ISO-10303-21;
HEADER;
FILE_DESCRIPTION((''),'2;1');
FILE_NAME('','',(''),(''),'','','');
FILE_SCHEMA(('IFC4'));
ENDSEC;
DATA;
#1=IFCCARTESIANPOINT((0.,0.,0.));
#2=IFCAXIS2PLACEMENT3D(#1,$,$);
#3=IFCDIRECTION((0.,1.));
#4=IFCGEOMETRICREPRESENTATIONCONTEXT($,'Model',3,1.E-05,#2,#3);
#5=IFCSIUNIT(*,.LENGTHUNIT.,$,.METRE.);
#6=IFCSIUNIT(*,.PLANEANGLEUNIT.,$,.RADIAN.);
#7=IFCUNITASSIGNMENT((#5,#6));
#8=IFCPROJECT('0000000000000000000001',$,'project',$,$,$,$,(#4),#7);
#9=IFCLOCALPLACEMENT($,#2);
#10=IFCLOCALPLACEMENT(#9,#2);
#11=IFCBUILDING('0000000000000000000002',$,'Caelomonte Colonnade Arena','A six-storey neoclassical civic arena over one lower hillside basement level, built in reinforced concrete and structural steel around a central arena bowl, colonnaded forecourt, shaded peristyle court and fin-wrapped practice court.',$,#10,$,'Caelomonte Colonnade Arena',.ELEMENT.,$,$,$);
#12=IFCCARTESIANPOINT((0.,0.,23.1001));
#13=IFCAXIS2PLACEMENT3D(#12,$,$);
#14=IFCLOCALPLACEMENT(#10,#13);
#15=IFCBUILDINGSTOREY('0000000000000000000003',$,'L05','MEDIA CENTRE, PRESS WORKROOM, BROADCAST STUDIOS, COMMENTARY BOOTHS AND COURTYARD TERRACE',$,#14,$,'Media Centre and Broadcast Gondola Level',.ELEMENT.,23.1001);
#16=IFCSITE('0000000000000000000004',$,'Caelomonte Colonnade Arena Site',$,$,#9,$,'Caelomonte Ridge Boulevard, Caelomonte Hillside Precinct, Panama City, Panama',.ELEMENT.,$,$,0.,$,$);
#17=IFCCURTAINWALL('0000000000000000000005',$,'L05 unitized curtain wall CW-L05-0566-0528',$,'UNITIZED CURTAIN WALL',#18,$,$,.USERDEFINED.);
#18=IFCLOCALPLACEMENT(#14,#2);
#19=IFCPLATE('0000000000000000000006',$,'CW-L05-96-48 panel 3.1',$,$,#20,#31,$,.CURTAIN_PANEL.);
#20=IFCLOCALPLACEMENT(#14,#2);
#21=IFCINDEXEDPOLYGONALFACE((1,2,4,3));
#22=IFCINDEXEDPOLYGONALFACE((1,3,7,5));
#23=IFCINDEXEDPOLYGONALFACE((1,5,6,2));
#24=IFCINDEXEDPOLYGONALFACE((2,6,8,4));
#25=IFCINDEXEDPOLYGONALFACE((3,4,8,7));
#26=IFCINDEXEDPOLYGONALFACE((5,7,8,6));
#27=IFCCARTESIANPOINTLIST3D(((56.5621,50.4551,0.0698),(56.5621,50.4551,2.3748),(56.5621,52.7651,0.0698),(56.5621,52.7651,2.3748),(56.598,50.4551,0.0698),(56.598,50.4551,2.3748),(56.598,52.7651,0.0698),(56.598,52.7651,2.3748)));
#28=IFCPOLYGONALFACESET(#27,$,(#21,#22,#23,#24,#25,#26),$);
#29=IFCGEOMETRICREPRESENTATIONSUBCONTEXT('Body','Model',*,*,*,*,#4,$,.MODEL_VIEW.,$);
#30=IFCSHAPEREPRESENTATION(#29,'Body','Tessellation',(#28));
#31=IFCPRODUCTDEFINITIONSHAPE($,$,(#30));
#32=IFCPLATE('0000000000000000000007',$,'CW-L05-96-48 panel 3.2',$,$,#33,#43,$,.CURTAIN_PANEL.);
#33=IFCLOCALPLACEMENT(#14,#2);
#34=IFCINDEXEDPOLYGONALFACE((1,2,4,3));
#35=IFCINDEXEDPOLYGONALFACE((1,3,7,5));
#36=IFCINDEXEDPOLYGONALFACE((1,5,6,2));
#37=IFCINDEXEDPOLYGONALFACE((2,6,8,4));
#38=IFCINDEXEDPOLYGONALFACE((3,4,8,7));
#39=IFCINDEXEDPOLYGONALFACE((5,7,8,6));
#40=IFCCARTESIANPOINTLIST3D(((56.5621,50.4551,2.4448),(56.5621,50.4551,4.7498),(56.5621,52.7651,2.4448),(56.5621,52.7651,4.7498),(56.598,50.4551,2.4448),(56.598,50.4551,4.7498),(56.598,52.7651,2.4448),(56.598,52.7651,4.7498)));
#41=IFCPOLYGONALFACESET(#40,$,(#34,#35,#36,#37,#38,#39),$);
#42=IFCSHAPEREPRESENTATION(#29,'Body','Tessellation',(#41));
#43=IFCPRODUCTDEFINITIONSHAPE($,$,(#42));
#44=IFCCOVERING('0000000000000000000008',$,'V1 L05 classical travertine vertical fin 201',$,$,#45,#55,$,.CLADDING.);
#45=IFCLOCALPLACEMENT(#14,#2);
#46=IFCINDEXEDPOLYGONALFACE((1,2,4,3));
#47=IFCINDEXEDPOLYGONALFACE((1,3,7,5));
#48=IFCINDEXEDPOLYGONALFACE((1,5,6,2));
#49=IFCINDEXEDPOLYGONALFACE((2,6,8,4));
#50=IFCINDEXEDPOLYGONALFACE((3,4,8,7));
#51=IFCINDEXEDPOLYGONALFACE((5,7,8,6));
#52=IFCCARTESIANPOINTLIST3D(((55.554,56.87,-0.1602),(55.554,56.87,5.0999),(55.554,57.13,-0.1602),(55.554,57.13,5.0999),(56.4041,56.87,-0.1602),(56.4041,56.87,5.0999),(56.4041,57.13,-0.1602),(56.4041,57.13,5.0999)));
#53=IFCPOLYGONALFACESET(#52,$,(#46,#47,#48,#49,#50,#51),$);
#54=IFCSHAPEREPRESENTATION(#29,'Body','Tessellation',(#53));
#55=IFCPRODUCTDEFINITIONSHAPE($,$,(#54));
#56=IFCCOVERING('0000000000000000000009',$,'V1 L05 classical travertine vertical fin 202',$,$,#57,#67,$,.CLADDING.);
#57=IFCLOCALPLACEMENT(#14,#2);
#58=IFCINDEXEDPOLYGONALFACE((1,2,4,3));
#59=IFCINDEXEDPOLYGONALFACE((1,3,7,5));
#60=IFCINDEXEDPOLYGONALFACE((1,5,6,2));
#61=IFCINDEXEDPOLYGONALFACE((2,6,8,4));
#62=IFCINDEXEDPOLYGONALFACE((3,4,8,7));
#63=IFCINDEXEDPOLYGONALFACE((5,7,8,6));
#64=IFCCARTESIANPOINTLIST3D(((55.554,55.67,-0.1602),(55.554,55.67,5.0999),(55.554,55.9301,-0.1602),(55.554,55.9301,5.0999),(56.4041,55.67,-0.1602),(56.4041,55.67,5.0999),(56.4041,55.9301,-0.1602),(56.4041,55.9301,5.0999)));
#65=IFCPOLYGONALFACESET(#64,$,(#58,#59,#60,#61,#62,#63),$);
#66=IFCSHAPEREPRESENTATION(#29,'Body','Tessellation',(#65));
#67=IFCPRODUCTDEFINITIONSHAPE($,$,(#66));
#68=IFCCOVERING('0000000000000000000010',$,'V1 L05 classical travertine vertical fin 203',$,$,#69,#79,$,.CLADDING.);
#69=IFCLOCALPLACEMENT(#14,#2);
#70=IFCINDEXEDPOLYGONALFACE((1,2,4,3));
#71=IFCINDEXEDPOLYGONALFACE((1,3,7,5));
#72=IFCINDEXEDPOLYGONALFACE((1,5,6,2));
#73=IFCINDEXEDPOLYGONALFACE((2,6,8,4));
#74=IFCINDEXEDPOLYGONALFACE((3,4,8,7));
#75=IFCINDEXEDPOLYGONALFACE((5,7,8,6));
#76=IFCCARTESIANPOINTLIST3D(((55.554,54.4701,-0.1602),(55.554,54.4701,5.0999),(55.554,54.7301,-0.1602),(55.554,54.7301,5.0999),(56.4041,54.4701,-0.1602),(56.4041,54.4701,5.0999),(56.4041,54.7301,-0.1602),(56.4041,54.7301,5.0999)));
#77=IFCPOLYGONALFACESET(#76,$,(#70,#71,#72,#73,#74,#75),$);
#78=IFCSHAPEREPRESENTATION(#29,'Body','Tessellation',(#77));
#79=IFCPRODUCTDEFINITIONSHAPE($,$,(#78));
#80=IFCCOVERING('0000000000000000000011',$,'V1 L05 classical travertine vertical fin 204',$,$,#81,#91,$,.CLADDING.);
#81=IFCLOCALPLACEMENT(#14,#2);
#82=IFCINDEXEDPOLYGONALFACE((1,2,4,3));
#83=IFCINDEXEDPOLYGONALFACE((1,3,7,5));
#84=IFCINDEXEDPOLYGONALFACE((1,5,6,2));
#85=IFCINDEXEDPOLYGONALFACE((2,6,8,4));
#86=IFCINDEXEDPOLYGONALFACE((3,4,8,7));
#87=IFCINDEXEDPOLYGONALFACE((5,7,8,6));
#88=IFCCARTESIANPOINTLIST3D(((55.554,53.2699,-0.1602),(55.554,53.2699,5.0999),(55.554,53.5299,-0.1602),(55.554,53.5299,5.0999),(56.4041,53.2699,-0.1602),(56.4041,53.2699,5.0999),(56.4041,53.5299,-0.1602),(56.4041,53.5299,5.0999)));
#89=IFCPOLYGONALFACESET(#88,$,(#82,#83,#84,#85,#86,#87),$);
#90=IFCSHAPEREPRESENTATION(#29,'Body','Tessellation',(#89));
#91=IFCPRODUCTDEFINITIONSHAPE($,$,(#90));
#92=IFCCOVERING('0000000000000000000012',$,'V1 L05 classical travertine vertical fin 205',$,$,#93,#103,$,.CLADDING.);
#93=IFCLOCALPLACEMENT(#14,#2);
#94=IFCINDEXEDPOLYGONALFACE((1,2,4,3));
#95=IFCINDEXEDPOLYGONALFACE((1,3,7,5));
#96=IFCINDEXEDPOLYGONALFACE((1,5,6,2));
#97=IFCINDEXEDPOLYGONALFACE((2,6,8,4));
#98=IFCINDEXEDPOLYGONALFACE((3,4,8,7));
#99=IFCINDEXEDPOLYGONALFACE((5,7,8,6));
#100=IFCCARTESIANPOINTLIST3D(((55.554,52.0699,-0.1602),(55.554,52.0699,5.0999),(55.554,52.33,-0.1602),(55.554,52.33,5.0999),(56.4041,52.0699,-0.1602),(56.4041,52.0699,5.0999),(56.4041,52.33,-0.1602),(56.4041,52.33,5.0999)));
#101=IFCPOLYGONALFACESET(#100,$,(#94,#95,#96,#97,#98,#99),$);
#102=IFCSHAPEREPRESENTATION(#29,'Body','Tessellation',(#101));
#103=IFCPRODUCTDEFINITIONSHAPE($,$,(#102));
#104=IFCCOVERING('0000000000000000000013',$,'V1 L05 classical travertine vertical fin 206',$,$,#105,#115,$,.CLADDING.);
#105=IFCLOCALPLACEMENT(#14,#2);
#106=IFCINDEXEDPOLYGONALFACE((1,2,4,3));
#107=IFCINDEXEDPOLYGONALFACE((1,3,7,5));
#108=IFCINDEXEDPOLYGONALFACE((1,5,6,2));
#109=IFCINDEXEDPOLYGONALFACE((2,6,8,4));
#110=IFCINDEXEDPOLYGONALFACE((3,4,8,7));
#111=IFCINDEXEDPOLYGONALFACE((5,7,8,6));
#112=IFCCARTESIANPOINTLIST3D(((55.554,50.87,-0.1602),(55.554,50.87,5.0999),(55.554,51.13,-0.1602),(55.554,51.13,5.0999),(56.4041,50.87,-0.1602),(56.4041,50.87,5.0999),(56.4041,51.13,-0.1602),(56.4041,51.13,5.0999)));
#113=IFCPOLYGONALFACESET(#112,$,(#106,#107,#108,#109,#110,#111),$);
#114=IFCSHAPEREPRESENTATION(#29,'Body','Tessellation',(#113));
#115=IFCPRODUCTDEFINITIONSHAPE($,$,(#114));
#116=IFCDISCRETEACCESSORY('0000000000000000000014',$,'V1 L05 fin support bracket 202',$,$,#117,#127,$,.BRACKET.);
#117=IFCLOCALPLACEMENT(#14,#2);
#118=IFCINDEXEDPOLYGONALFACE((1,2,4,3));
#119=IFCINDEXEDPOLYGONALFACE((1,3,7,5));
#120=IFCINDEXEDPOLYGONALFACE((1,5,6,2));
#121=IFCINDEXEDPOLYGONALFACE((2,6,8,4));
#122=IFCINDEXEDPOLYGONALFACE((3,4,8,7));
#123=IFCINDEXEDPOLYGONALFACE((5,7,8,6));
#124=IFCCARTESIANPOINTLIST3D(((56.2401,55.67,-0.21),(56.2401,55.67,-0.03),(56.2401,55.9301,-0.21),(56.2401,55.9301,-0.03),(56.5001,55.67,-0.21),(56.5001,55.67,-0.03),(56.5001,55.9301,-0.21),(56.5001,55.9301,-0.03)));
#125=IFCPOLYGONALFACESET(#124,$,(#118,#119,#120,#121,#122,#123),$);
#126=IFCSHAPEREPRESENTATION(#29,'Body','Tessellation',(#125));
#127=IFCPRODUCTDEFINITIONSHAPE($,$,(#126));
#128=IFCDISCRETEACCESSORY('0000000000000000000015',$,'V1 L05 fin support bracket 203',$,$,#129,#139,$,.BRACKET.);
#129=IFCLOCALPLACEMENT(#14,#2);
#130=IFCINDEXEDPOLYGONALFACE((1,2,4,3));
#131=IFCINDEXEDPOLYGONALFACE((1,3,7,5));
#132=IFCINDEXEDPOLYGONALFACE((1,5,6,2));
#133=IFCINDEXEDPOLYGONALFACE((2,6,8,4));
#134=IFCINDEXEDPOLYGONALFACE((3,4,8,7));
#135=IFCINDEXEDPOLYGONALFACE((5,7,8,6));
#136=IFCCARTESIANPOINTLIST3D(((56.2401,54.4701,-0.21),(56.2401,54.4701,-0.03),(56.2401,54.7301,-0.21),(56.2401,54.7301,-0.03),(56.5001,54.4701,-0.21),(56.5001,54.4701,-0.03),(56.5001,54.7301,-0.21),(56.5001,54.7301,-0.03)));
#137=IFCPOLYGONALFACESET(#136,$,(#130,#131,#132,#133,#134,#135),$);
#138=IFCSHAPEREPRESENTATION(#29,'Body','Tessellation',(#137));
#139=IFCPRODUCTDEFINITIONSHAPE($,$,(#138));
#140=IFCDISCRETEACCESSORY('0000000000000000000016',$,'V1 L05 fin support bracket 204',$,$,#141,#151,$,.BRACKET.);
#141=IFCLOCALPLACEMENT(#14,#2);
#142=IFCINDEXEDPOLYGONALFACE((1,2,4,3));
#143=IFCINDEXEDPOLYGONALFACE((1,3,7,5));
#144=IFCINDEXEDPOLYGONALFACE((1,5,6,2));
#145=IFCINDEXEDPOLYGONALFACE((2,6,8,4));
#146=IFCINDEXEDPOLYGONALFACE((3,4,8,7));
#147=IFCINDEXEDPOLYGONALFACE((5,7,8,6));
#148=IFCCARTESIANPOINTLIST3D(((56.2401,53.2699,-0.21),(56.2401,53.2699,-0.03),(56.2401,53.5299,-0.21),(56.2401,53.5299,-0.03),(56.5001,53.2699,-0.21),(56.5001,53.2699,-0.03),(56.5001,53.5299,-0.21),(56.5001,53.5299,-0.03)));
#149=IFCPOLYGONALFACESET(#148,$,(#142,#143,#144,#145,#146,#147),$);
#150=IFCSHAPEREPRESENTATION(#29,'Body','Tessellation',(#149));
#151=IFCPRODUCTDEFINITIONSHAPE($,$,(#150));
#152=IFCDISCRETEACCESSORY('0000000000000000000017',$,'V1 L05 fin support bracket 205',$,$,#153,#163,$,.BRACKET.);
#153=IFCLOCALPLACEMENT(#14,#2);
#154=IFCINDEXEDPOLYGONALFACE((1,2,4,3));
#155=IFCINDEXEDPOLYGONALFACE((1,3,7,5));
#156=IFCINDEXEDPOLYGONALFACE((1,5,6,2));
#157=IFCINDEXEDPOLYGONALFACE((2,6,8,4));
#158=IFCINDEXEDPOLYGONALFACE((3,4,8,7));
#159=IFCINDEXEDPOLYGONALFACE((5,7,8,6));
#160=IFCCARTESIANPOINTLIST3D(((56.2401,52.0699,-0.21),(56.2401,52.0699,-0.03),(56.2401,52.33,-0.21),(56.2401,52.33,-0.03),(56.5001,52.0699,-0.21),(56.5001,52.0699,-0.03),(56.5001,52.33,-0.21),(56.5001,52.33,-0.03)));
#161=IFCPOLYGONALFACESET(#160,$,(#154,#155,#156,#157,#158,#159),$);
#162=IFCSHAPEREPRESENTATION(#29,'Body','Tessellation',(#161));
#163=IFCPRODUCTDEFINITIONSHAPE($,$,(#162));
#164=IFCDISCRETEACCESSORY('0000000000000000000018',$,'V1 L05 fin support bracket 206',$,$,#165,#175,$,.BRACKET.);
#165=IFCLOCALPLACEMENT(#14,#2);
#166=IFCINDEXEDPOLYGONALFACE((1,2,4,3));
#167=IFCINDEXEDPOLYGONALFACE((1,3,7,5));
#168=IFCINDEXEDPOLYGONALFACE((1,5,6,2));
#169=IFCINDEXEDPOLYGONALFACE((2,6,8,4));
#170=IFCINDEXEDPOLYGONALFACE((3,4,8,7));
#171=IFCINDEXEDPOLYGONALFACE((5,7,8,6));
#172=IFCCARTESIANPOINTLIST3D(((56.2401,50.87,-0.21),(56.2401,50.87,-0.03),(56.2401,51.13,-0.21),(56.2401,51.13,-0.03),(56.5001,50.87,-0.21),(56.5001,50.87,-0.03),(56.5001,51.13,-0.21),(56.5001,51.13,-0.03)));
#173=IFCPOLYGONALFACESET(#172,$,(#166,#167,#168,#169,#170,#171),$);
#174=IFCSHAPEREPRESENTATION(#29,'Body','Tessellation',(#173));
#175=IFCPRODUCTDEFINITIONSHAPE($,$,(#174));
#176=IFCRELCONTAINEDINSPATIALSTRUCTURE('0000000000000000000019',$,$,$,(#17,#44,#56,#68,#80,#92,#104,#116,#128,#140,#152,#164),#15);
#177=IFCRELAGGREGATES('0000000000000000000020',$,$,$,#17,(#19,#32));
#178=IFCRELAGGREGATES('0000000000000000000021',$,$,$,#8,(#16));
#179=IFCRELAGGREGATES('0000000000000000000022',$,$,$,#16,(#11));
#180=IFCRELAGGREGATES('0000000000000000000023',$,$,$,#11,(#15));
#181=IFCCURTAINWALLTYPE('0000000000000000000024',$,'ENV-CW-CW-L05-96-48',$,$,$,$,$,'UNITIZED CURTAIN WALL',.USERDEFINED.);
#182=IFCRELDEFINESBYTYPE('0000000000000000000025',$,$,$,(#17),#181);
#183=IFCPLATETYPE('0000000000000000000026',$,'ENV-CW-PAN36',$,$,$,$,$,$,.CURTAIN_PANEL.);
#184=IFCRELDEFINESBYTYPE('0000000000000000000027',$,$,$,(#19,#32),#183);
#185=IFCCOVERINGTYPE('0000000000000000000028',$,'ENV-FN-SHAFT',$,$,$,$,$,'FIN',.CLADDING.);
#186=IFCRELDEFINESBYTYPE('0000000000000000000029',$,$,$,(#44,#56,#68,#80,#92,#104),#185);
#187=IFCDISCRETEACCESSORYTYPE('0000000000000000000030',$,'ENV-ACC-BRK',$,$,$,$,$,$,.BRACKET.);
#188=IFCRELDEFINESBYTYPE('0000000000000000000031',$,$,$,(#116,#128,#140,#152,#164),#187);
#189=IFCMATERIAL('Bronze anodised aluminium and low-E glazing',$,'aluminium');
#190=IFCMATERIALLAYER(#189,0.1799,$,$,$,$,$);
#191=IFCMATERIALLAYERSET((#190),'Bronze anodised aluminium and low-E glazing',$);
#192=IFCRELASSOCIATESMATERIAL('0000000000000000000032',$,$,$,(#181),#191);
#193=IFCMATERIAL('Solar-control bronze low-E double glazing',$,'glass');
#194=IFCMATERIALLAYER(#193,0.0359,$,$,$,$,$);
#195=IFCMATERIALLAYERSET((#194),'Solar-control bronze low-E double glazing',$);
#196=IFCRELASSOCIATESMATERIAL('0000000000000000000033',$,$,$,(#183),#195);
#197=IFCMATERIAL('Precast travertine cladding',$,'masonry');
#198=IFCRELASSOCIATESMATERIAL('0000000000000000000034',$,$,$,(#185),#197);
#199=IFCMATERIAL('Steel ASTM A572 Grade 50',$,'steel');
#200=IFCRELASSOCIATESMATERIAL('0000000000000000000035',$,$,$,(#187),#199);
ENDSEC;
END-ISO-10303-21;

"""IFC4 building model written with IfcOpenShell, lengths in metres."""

from ifc_helpers import new_model, si_unit, direction, frame, origin, origin_2d, place, context, subcontext, project, spatial, rectangle, extrude, material, layer, layer_set, material_profile, profile_set, type_object, element, aggregate, save


model = new_model("IFC4")

# Units and contexts
model_context = context("Model", 3, precision=1e-05, world=origin(), true_north=direction((0.0, 1.0)))
body_context = subcontext(model_context, "Body", "Model", "MODEL_VIEW")
ifc_project = project(units=[si_unit("LENGTHUNIT", "METRE"), si_unit("PLANEANGLEUNIT", "RADIAN")], contexts=[model_context])

# Site, building, storey
site_placement = place(None, origin())
site = spatial("IfcSite", under=ifc_project, at=site_placement, Name="Caelomonte Colonnade Arena Site", LongName="Caelomonte Ridge Boulevard, Caelomonte Hillside Precinct, Panama City, Panama", CompositionType="ELEMENT", RefElevation=0.0)
building_placement = place(site_placement, origin())
building = spatial("IfcBuilding", under=site, at=building_placement, Name="Caelomonte Colonnade Arena", Description="A six-storey neoclassical civic arena over one lower hillside basement level, built in reinforced concrete and structural steel around a central arena bowl, colonnaded forecourt, shaded peristyle court and fin-wrapped practice court.", LongName="Caelomonte Colonnade Arena", CompositionType="ELEMENT")
storey_placement = place(building_placement, frame((0.0, 0.0, 23.1001)))
storey = spatial("IfcBuildingStorey", under=building, at=storey_placement, Name="L05", Description="MEDIA CENTRE, PRESS WORKROOM, BROADCAST STUDIOS, COMMENTARY BOOTHS AND COURTYARD TERRACE", LongName="Media Centre and Broadcast Gondola Level", CompositionType="ELEMENT", Elevation=23.1001)

# Curtain wall, plates
ifc_material_1 = material(Name="Bronze anodised aluminium and low-E glazing", Category="aluminium")
ifc_layer_1 = layer(ifc_material_1, 0.1799)
ifc_layer_set_1 = layer_set([ifc_layer_1], Name="Bronze anodised aluminium and low-E glazing")
curtain_wall_type = type_object("IfcCurtainWallType", Name="ENV-CW-CW-L05-96-48", ElementType="UNITIZED CURTAIN WALL", PredefinedType="USERDEFINED", material=ifc_layer_set_1)
curtain_wall_placement = place(storey_placement, origin())
curtain_wall = element("IfcCurtainWall", 1, at=curtain_wall_placement, inside=storey, type_object=curtain_wall_type, Name="L05 unitized curtain wall CW-L05-0566-0528", ObjectType="UNITIZED CURTAIN WALL", PredefinedType="USERDEFINED")
ifc_material_2 = material(Name="Solar-control bronze low-E double glazing", Category="glass")
ifc_layer_2 = layer(ifc_material_2, 0.0359)
ifc_layer_set_2 = layer_set([ifc_layer_2], Name="Solar-control bronze low-E double glazing")
plate_type = type_object("IfcPlateType", Name="ENV-CW-PAN36", PredefinedType="CURTAIN_PANEL", material=ifc_layer_set_2)
plate_1_placement = place(storey_placement, frame((56.5801, 51.6101, 0.0698), z_axis=(0.0, 0.0, 1.0), x_axis=(0.0, -1.0, 0.0)))
plate_1 = element("IfcPlate", 2, at=plate_1_placement, type_object=plate_type, Name="CW-L05-96-48 panel 3.1", PredefinedType="CURTAIN_PANEL", context=body_context, shape_type="SweptSolid", body=[
    extrude(rectangle(XDim=2.3101, YDim=0.0359, at=origin_2d()), origin(), (0.0, 0.0, 1.0), 2.3049),
])
plate_2_placement = place(storey_placement, frame((56.5801, 51.6101, 2.4448), z_axis=(0.0, 0.0, 1.0), x_axis=(0.0, -1.0, 0.0)))
plate_2 = element("IfcPlate", 3, at=plate_2_placement, type_object=plate_type, Name="CW-L05-96-48 panel 3.2", PredefinedType="CURTAIN_PANEL", context=body_context, shape_type="SweptSolid", body=[
    extrude(rectangle(XDim=2.3101, YDim=0.0359, at=origin_2d()), origin(), (0.0, 0.0, 1.0), 2.3049),
])
aggregate(curtain_wall, [plate_1, plate_2])

# Coverings
ifc_material_3 = material(Name="Precast travertine cladding", Category="masonry")
ifc_material_profile_1 = material_profile(ifc_material_3, rectangle(XDim=0.26, YDim=0.8501, at=origin_2d()), Name="FIN260X850")
ifc_profile_set_1 = profile_set([ifc_material_profile_1], Name="Precast travertine cladding")
covering_type = type_object("IfcCoveringType", Name="ENV-FN-SHAFT", ElementType="FIN", PredefinedType="CLADDING", material=ifc_profile_set_1)
for number, where, z_axis, x_axis, name in (
    (4, (55.979, 57.0, -0.1602), (0.0, 0.0, 1.0), (0.0, 1.0, 0.0), "V1 L05 classical travertine vertical fin 201"),
    (5, (55.979, 55.8, -0.1602), (0.0, 0.0, 1.0), (0.0, 1.0, 0.0), "V1 L05 classical travertine vertical fin 202"),
    (6, (55.979, 54.6001, -0.1602), (0.0, 0.0, 1.0), (0.0, 1.0, 0.0), "V1 L05 classical travertine vertical fin 203"),
    (7, (55.979, 53.3999, -0.1602), (0.0, 0.0, 1.0), (0.0, 1.0, 0.0), "V1 L05 classical travertine vertical fin 204"),
    (8, (55.979, 52.2, -0.1602), (0.0, 0.0, 1.0), (0.0, 1.0, 0.0), "V1 L05 classical travertine vertical fin 205"),
    (9, (55.979, 51.0, -0.1602), (0.0, 0.0, 1.0), (0.0, 1.0, 0.0), "V1 L05 classical travertine vertical fin 206"),
):
    element("IfcCovering", number, at=place(storey_placement, frame(where, z_axis=z_axis, x_axis=x_axis)), inside=storey, type_object=covering_type, Name=name, PredefinedType="CLADDING", context=body_context, shape_type="SweptSolid", body=[
        extrude(rectangle(XDim=0.26, YDim=0.8501, at=origin_2d()), origin(), (0.0, 0.0, 1.0), 5.26),
    ])

# Discrete accessories
ifc_material_4 = material(Name="Steel ASTM A572 Grade 50", Category="steel")
discrete_accessory_type = type_object("IfcDiscreteAccessoryType", Name="ENV-ACC-BRK", PredefinedType="BRACKET", material=ifc_material_4)
for number, where, z_axis, x_axis, name in (
    (10, (56.3701, 55.8, -0.21), (0.0, 0.0, 1.0), (0.0, -1.0, 0.0), "V1 L05 fin support bracket 202"),
    (11, (56.3701, 54.6001, -0.21), (0.0, 0.0, 1.0), (0.0, -1.0, 0.0), "V1 L05 fin support bracket 203"),
    (12, (56.3701, 53.3999, -0.21), (0.0, 0.0, 1.0), (0.0, -1.0, 0.0), "V1 L05 fin support bracket 204"),
    (13, (56.3701, 52.2, -0.21), (0.0, 0.0, 1.0), (0.0, -1.0, 0.0), "V1 L05 fin support bracket 205"),
    (14, (56.3701, 51.0, -0.21), (0.0, 0.0, 1.0), (0.0, -1.0, 0.0), "V1 L05 fin support bracket 206"),
):
    element("IfcDiscreteAccessory", number, at=place(storey_placement, frame(where, z_axis=z_axis, x_axis=x_axis)), inside=storey, type_object=discrete_accessory_type, Name=name, PredefinedType="BRACKET", context=body_context, shape_type="SweptSolid", body=[
        extrude(rectangle(XDim=0.26, YDim=0.26, at=origin_2d()), origin(), (0.0, 0.0, 1.0), 0.1799),
    ])

save(model, "model.ifc")
